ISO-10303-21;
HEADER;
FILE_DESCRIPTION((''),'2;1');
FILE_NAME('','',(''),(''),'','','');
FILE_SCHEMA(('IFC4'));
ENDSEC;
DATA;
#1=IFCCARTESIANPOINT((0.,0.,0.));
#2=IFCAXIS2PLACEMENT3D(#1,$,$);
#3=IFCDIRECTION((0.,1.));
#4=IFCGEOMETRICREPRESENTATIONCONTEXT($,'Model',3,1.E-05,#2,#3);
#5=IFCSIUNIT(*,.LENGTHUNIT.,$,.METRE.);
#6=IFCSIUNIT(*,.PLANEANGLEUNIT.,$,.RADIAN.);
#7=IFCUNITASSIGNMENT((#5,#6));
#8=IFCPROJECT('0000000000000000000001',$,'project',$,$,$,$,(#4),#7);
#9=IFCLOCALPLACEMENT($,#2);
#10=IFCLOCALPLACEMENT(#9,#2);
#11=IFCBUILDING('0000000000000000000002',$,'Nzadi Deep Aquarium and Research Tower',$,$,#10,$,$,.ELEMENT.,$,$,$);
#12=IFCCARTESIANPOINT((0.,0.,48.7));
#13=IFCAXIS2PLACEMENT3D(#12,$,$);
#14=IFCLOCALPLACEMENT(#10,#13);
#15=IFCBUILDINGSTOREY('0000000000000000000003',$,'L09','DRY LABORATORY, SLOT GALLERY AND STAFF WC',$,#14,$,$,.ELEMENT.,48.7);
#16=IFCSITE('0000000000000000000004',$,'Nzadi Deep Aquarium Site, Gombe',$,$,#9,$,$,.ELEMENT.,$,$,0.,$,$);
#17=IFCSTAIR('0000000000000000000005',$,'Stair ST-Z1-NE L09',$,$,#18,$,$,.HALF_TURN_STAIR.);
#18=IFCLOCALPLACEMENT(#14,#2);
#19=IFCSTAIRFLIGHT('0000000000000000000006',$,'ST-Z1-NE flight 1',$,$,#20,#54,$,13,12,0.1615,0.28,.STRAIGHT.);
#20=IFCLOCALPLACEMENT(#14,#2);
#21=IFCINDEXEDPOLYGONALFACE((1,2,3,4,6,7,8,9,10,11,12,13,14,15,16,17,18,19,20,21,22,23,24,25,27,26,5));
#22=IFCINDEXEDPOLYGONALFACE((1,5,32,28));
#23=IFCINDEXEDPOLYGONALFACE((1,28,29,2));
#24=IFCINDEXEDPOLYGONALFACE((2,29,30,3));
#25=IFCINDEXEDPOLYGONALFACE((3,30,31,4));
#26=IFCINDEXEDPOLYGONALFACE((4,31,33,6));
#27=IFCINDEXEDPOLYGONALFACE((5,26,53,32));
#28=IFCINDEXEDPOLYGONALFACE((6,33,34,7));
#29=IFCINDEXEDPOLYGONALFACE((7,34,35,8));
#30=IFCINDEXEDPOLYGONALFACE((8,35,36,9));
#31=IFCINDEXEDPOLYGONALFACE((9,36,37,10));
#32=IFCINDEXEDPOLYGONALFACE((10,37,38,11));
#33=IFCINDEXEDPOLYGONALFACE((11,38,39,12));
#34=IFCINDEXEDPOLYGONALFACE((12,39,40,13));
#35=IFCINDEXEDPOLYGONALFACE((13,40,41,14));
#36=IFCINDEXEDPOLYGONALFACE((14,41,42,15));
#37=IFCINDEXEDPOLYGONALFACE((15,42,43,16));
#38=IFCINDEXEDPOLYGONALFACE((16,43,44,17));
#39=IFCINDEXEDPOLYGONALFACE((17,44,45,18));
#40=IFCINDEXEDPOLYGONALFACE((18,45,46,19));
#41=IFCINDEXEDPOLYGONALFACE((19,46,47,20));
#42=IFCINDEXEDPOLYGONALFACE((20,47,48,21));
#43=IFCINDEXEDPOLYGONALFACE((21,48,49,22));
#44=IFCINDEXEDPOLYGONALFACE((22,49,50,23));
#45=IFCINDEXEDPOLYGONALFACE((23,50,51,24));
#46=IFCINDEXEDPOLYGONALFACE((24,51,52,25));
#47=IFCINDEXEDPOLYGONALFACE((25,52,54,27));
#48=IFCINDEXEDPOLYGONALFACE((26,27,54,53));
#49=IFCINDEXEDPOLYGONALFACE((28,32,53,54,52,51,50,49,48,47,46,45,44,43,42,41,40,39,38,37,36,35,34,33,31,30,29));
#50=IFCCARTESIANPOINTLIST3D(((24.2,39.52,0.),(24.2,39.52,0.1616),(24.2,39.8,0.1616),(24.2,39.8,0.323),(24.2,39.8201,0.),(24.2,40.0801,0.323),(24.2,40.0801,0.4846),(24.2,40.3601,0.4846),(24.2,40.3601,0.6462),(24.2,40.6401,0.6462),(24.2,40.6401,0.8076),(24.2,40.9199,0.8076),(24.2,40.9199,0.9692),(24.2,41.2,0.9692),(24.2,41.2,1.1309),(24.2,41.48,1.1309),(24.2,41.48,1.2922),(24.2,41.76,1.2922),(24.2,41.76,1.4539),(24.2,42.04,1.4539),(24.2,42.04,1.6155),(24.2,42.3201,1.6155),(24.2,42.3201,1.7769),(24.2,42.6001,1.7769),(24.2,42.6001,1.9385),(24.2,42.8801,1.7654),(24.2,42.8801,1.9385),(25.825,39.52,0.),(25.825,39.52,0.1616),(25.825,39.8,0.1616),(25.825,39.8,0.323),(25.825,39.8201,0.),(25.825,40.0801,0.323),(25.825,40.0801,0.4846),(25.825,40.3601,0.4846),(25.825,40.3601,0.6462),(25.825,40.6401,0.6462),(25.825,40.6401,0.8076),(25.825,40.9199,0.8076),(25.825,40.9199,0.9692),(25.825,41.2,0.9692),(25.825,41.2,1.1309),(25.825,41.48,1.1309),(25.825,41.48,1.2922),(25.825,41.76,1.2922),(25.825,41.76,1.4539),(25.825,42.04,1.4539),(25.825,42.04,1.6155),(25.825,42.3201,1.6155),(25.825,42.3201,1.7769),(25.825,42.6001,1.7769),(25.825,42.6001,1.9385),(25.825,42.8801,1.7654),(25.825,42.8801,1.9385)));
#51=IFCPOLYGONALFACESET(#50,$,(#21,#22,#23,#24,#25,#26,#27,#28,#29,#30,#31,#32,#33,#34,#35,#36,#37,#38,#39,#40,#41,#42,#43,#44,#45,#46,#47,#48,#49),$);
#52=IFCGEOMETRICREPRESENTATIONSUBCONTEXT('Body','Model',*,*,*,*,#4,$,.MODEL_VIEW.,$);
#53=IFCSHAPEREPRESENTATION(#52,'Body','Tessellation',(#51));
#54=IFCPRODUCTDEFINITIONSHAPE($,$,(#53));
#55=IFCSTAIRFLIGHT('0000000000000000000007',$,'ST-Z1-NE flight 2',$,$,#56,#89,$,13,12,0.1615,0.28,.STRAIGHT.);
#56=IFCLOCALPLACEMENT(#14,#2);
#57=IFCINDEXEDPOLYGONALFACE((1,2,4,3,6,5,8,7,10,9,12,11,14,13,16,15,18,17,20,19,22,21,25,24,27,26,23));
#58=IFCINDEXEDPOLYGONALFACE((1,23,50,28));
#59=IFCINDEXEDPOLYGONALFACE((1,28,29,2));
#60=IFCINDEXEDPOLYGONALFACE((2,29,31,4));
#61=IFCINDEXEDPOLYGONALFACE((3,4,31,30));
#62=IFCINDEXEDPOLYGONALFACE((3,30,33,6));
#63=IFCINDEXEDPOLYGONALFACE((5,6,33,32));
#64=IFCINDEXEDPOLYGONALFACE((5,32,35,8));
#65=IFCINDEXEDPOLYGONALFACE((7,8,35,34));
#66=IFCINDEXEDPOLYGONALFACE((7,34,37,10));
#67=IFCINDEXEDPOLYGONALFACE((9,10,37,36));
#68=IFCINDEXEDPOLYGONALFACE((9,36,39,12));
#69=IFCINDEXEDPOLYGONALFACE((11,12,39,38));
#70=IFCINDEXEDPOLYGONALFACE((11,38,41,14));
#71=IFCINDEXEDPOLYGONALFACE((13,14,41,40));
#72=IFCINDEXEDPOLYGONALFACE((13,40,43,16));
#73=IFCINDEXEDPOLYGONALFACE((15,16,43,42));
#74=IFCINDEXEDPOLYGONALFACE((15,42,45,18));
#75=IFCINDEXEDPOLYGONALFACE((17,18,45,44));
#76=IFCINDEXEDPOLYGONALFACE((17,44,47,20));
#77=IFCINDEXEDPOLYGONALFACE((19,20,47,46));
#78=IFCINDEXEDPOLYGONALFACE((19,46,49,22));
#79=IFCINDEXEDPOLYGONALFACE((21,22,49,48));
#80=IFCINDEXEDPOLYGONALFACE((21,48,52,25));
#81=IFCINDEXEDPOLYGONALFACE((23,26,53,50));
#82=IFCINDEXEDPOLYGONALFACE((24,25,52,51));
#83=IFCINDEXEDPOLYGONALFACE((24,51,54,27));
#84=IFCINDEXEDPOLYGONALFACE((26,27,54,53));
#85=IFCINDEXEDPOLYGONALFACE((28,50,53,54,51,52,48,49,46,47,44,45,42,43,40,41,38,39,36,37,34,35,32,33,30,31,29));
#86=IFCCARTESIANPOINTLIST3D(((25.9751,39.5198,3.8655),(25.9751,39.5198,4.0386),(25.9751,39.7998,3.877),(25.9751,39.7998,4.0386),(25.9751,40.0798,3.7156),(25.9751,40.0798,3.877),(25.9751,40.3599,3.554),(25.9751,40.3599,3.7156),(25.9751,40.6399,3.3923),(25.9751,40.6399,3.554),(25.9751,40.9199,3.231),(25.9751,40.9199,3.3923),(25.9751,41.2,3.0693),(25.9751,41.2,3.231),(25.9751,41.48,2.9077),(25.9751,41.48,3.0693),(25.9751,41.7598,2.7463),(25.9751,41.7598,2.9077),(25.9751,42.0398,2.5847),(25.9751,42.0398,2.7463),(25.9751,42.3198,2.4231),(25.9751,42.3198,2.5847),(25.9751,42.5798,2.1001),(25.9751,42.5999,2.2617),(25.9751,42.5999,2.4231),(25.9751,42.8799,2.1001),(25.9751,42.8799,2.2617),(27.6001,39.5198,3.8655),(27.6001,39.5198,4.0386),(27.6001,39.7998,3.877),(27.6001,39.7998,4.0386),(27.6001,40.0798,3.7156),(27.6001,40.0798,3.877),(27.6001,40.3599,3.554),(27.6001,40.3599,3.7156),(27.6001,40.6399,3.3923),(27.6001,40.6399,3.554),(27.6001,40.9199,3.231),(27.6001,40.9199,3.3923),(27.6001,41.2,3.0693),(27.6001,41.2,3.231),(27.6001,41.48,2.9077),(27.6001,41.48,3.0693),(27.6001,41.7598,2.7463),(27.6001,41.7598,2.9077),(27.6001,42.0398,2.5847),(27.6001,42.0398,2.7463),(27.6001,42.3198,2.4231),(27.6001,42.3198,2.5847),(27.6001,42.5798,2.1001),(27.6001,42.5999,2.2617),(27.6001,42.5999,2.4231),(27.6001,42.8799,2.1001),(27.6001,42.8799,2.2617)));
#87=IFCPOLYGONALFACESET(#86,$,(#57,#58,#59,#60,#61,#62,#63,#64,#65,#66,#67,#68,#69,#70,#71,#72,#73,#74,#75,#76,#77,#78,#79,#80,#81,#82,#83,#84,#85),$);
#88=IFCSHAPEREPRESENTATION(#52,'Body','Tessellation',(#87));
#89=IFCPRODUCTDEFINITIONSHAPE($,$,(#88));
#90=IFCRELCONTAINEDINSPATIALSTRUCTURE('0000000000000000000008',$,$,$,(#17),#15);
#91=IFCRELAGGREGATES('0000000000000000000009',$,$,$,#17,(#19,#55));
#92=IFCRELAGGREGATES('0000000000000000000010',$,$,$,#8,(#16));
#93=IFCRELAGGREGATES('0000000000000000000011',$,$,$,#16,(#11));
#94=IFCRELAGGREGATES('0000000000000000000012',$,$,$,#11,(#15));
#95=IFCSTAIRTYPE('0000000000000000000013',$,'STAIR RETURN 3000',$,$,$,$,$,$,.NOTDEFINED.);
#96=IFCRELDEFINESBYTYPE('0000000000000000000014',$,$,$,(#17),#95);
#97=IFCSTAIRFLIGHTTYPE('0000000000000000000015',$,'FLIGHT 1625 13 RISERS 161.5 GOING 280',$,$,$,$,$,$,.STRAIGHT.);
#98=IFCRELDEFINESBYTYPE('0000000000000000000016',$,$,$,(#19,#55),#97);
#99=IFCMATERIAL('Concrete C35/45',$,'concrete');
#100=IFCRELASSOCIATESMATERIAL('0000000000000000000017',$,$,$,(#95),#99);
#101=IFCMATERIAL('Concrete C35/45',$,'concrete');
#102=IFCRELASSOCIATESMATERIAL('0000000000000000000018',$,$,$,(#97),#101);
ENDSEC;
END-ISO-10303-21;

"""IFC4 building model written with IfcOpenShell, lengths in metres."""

from ifc_helpers import new_model, si_unit, direction, frame, origin, place, context, subcontext, project, spatial, polyline, outline, extrude, material, type_object, element, aggregate, save


model = new_model("IFC4")

# Units and contexts
model_context = context("Model", 3, precision=1e-05, world=origin(), true_north=direction((0.0, 1.0)))
body_context = subcontext(model_context, "Body", "Model", "MODEL_VIEW")
ifc_project = project(units=[si_unit("LENGTHUNIT", "METRE"), si_unit("PLANEANGLEUNIT", "RADIAN")], contexts=[model_context])

# Site, building, storey
site_placement = place(None, origin())
site = spatial("IfcSite", under=ifc_project, at=site_placement, Name="Nzadi Deep Aquarium Site, Gombe", CompositionType="ELEMENT", RefElevation=0.0)
building_placement = place(site_placement, origin())
building = spatial("IfcBuilding", under=site, at=building_placement, Name="Nzadi Deep Aquarium and Research Tower", CompositionType="ELEMENT")
storey_placement = place(building_placement, frame((0.0, 0.0, 48.7)))
storey = spatial("IfcBuildingStorey", under=building, at=storey_placement, Name="L09", Description="DRY LABORATORY, SLOT GALLERY AND STAFF WC", CompositionType="ELEMENT", Elevation=48.7)

# Stair, stair flights
ifc_material_1 = material(Name="Concrete C35/45", Category="concrete")
stair_type = type_object("IfcStairType", Name="STAIR RETURN 3000", PredefinedType="NOTDEFINED", material=ifc_material_1)
stair_placement = place(storey_placement, origin())
stair = element("IfcStair", 1, at=stair_placement, inside=storey, type_object=stair_type, Name="Stair ST-Z1-NE L09", PredefinedType="HALF_TURN_STAIR")
ifc_material_2 = material(Name="Concrete C35/45", Category="concrete")
stair_flight_type = type_object("IfcStairFlightType", Name="FLIGHT 1625 13 RISERS 161.5 GOING 280", PredefinedType="STRAIGHT", material=ifc_material_2)
stair_flight_1_placement = place(storey_placement, frame((25.0125, 39.52, 0.0), z_axis=(0.0, 0.0, 1.0), x_axis=(0.0, 1.0, 0.0)))
stair_flight_1 = element("IfcStairFlight", 2, at=stair_flight_1_placement, type_object=stair_flight_type, Name="ST-Z1-NE flight 1", NumberOfRisers=13, NumberOfTreads=12, PredefinedType="STRAIGHT", RiserHeight=0.1615, TreadLength=0.28, context=body_context, shape_type="SweptSolid", body=[
    extrude(outline(polyline([(0.0, 0.0), (0.0, 0.1616), (0.28, 0.1616), (0.28, 0.323), (0.5601, 0.323), (0.5601, 0.4846), (0.8401, 0.4846), (0.8401, 0.6462), (1.1201, 0.6462), (1.1201, 0.8076), (1.3999, 0.8076), (1.3999, 0.9692), (1.6799, 0.9692), (1.6799, 1.1309), (1.96, 1.1309), (1.96, 1.2922), (2.24, 1.2922), (2.24, 1.4539), (2.52, 1.4539), (2.52, 1.6155), (2.8, 1.6155), (2.8, 1.7769), (3.0801, 1.7769), (3.0801, 1.9385), (3.3601, 1.9385), (3.3601, 2.1001), (3.3601, 1.7654), (0.3, 0.0), (0.0, 0.0)])), frame((0.0, 0.8125, 0.0), z_axis=(0.0, -1.0, 0.0), x_axis=(1.0, 0.0, 0.0)), (0.0, 0.0, 1.0), 1.625),
])
stair_flight_2_placement = place(storey_placement, frame((26.7876, 42.8799, 2.1001), z_axis=(0.0, 0.0, 1.0), x_axis=(0.0, -1.0, 0.0)))
stair_flight_2 = element("IfcStairFlight", 3, at=stair_flight_2_placement, type_object=stair_flight_type, Name="ST-Z1-NE flight 2", NumberOfRisers=13, NumberOfTreads=12, PredefinedType="STRAIGHT", RiserHeight=0.1615, TreadLength=0.28, context=body_context, shape_type="SweptSolid", body=[
    extrude(outline(polyline([(0.0, 0.0), (0.0, 0.1616), (0.28, 0.1616), (0.28, 0.323), (0.5601, 0.323), (0.5601, 0.4846), (0.8401, 0.4846), (0.8401, 0.6462), (1.1201, 0.6462), (1.1201, 0.8076), (1.3999, 0.8076), (1.3999, 0.9692), (1.6799, 0.9692), (1.6799, 1.1309), (1.96, 1.1309), (1.96, 1.2922), (2.24, 1.2922), (2.24, 1.4539), (2.52, 1.4539), (2.52, 1.6155), (2.8, 1.6155), (2.8, 1.7769), (3.0801, 1.7769), (3.0801, 1.9385), (3.3601, 1.9385), (3.3601, 2.1001), (3.3601, 1.7654), (0.3, 0.0), (0.0, 0.0)])), frame((0.0, 0.8125, 0.0), z_axis=(0.0, -1.0, 0.0), x_axis=(1.0, 0.0, 0.0)), (0.0, 0.0, 1.0), 1.625),
])
aggregate(stair, [stair_flight_1, stair_flight_2])

save(model, "model.ifc")
